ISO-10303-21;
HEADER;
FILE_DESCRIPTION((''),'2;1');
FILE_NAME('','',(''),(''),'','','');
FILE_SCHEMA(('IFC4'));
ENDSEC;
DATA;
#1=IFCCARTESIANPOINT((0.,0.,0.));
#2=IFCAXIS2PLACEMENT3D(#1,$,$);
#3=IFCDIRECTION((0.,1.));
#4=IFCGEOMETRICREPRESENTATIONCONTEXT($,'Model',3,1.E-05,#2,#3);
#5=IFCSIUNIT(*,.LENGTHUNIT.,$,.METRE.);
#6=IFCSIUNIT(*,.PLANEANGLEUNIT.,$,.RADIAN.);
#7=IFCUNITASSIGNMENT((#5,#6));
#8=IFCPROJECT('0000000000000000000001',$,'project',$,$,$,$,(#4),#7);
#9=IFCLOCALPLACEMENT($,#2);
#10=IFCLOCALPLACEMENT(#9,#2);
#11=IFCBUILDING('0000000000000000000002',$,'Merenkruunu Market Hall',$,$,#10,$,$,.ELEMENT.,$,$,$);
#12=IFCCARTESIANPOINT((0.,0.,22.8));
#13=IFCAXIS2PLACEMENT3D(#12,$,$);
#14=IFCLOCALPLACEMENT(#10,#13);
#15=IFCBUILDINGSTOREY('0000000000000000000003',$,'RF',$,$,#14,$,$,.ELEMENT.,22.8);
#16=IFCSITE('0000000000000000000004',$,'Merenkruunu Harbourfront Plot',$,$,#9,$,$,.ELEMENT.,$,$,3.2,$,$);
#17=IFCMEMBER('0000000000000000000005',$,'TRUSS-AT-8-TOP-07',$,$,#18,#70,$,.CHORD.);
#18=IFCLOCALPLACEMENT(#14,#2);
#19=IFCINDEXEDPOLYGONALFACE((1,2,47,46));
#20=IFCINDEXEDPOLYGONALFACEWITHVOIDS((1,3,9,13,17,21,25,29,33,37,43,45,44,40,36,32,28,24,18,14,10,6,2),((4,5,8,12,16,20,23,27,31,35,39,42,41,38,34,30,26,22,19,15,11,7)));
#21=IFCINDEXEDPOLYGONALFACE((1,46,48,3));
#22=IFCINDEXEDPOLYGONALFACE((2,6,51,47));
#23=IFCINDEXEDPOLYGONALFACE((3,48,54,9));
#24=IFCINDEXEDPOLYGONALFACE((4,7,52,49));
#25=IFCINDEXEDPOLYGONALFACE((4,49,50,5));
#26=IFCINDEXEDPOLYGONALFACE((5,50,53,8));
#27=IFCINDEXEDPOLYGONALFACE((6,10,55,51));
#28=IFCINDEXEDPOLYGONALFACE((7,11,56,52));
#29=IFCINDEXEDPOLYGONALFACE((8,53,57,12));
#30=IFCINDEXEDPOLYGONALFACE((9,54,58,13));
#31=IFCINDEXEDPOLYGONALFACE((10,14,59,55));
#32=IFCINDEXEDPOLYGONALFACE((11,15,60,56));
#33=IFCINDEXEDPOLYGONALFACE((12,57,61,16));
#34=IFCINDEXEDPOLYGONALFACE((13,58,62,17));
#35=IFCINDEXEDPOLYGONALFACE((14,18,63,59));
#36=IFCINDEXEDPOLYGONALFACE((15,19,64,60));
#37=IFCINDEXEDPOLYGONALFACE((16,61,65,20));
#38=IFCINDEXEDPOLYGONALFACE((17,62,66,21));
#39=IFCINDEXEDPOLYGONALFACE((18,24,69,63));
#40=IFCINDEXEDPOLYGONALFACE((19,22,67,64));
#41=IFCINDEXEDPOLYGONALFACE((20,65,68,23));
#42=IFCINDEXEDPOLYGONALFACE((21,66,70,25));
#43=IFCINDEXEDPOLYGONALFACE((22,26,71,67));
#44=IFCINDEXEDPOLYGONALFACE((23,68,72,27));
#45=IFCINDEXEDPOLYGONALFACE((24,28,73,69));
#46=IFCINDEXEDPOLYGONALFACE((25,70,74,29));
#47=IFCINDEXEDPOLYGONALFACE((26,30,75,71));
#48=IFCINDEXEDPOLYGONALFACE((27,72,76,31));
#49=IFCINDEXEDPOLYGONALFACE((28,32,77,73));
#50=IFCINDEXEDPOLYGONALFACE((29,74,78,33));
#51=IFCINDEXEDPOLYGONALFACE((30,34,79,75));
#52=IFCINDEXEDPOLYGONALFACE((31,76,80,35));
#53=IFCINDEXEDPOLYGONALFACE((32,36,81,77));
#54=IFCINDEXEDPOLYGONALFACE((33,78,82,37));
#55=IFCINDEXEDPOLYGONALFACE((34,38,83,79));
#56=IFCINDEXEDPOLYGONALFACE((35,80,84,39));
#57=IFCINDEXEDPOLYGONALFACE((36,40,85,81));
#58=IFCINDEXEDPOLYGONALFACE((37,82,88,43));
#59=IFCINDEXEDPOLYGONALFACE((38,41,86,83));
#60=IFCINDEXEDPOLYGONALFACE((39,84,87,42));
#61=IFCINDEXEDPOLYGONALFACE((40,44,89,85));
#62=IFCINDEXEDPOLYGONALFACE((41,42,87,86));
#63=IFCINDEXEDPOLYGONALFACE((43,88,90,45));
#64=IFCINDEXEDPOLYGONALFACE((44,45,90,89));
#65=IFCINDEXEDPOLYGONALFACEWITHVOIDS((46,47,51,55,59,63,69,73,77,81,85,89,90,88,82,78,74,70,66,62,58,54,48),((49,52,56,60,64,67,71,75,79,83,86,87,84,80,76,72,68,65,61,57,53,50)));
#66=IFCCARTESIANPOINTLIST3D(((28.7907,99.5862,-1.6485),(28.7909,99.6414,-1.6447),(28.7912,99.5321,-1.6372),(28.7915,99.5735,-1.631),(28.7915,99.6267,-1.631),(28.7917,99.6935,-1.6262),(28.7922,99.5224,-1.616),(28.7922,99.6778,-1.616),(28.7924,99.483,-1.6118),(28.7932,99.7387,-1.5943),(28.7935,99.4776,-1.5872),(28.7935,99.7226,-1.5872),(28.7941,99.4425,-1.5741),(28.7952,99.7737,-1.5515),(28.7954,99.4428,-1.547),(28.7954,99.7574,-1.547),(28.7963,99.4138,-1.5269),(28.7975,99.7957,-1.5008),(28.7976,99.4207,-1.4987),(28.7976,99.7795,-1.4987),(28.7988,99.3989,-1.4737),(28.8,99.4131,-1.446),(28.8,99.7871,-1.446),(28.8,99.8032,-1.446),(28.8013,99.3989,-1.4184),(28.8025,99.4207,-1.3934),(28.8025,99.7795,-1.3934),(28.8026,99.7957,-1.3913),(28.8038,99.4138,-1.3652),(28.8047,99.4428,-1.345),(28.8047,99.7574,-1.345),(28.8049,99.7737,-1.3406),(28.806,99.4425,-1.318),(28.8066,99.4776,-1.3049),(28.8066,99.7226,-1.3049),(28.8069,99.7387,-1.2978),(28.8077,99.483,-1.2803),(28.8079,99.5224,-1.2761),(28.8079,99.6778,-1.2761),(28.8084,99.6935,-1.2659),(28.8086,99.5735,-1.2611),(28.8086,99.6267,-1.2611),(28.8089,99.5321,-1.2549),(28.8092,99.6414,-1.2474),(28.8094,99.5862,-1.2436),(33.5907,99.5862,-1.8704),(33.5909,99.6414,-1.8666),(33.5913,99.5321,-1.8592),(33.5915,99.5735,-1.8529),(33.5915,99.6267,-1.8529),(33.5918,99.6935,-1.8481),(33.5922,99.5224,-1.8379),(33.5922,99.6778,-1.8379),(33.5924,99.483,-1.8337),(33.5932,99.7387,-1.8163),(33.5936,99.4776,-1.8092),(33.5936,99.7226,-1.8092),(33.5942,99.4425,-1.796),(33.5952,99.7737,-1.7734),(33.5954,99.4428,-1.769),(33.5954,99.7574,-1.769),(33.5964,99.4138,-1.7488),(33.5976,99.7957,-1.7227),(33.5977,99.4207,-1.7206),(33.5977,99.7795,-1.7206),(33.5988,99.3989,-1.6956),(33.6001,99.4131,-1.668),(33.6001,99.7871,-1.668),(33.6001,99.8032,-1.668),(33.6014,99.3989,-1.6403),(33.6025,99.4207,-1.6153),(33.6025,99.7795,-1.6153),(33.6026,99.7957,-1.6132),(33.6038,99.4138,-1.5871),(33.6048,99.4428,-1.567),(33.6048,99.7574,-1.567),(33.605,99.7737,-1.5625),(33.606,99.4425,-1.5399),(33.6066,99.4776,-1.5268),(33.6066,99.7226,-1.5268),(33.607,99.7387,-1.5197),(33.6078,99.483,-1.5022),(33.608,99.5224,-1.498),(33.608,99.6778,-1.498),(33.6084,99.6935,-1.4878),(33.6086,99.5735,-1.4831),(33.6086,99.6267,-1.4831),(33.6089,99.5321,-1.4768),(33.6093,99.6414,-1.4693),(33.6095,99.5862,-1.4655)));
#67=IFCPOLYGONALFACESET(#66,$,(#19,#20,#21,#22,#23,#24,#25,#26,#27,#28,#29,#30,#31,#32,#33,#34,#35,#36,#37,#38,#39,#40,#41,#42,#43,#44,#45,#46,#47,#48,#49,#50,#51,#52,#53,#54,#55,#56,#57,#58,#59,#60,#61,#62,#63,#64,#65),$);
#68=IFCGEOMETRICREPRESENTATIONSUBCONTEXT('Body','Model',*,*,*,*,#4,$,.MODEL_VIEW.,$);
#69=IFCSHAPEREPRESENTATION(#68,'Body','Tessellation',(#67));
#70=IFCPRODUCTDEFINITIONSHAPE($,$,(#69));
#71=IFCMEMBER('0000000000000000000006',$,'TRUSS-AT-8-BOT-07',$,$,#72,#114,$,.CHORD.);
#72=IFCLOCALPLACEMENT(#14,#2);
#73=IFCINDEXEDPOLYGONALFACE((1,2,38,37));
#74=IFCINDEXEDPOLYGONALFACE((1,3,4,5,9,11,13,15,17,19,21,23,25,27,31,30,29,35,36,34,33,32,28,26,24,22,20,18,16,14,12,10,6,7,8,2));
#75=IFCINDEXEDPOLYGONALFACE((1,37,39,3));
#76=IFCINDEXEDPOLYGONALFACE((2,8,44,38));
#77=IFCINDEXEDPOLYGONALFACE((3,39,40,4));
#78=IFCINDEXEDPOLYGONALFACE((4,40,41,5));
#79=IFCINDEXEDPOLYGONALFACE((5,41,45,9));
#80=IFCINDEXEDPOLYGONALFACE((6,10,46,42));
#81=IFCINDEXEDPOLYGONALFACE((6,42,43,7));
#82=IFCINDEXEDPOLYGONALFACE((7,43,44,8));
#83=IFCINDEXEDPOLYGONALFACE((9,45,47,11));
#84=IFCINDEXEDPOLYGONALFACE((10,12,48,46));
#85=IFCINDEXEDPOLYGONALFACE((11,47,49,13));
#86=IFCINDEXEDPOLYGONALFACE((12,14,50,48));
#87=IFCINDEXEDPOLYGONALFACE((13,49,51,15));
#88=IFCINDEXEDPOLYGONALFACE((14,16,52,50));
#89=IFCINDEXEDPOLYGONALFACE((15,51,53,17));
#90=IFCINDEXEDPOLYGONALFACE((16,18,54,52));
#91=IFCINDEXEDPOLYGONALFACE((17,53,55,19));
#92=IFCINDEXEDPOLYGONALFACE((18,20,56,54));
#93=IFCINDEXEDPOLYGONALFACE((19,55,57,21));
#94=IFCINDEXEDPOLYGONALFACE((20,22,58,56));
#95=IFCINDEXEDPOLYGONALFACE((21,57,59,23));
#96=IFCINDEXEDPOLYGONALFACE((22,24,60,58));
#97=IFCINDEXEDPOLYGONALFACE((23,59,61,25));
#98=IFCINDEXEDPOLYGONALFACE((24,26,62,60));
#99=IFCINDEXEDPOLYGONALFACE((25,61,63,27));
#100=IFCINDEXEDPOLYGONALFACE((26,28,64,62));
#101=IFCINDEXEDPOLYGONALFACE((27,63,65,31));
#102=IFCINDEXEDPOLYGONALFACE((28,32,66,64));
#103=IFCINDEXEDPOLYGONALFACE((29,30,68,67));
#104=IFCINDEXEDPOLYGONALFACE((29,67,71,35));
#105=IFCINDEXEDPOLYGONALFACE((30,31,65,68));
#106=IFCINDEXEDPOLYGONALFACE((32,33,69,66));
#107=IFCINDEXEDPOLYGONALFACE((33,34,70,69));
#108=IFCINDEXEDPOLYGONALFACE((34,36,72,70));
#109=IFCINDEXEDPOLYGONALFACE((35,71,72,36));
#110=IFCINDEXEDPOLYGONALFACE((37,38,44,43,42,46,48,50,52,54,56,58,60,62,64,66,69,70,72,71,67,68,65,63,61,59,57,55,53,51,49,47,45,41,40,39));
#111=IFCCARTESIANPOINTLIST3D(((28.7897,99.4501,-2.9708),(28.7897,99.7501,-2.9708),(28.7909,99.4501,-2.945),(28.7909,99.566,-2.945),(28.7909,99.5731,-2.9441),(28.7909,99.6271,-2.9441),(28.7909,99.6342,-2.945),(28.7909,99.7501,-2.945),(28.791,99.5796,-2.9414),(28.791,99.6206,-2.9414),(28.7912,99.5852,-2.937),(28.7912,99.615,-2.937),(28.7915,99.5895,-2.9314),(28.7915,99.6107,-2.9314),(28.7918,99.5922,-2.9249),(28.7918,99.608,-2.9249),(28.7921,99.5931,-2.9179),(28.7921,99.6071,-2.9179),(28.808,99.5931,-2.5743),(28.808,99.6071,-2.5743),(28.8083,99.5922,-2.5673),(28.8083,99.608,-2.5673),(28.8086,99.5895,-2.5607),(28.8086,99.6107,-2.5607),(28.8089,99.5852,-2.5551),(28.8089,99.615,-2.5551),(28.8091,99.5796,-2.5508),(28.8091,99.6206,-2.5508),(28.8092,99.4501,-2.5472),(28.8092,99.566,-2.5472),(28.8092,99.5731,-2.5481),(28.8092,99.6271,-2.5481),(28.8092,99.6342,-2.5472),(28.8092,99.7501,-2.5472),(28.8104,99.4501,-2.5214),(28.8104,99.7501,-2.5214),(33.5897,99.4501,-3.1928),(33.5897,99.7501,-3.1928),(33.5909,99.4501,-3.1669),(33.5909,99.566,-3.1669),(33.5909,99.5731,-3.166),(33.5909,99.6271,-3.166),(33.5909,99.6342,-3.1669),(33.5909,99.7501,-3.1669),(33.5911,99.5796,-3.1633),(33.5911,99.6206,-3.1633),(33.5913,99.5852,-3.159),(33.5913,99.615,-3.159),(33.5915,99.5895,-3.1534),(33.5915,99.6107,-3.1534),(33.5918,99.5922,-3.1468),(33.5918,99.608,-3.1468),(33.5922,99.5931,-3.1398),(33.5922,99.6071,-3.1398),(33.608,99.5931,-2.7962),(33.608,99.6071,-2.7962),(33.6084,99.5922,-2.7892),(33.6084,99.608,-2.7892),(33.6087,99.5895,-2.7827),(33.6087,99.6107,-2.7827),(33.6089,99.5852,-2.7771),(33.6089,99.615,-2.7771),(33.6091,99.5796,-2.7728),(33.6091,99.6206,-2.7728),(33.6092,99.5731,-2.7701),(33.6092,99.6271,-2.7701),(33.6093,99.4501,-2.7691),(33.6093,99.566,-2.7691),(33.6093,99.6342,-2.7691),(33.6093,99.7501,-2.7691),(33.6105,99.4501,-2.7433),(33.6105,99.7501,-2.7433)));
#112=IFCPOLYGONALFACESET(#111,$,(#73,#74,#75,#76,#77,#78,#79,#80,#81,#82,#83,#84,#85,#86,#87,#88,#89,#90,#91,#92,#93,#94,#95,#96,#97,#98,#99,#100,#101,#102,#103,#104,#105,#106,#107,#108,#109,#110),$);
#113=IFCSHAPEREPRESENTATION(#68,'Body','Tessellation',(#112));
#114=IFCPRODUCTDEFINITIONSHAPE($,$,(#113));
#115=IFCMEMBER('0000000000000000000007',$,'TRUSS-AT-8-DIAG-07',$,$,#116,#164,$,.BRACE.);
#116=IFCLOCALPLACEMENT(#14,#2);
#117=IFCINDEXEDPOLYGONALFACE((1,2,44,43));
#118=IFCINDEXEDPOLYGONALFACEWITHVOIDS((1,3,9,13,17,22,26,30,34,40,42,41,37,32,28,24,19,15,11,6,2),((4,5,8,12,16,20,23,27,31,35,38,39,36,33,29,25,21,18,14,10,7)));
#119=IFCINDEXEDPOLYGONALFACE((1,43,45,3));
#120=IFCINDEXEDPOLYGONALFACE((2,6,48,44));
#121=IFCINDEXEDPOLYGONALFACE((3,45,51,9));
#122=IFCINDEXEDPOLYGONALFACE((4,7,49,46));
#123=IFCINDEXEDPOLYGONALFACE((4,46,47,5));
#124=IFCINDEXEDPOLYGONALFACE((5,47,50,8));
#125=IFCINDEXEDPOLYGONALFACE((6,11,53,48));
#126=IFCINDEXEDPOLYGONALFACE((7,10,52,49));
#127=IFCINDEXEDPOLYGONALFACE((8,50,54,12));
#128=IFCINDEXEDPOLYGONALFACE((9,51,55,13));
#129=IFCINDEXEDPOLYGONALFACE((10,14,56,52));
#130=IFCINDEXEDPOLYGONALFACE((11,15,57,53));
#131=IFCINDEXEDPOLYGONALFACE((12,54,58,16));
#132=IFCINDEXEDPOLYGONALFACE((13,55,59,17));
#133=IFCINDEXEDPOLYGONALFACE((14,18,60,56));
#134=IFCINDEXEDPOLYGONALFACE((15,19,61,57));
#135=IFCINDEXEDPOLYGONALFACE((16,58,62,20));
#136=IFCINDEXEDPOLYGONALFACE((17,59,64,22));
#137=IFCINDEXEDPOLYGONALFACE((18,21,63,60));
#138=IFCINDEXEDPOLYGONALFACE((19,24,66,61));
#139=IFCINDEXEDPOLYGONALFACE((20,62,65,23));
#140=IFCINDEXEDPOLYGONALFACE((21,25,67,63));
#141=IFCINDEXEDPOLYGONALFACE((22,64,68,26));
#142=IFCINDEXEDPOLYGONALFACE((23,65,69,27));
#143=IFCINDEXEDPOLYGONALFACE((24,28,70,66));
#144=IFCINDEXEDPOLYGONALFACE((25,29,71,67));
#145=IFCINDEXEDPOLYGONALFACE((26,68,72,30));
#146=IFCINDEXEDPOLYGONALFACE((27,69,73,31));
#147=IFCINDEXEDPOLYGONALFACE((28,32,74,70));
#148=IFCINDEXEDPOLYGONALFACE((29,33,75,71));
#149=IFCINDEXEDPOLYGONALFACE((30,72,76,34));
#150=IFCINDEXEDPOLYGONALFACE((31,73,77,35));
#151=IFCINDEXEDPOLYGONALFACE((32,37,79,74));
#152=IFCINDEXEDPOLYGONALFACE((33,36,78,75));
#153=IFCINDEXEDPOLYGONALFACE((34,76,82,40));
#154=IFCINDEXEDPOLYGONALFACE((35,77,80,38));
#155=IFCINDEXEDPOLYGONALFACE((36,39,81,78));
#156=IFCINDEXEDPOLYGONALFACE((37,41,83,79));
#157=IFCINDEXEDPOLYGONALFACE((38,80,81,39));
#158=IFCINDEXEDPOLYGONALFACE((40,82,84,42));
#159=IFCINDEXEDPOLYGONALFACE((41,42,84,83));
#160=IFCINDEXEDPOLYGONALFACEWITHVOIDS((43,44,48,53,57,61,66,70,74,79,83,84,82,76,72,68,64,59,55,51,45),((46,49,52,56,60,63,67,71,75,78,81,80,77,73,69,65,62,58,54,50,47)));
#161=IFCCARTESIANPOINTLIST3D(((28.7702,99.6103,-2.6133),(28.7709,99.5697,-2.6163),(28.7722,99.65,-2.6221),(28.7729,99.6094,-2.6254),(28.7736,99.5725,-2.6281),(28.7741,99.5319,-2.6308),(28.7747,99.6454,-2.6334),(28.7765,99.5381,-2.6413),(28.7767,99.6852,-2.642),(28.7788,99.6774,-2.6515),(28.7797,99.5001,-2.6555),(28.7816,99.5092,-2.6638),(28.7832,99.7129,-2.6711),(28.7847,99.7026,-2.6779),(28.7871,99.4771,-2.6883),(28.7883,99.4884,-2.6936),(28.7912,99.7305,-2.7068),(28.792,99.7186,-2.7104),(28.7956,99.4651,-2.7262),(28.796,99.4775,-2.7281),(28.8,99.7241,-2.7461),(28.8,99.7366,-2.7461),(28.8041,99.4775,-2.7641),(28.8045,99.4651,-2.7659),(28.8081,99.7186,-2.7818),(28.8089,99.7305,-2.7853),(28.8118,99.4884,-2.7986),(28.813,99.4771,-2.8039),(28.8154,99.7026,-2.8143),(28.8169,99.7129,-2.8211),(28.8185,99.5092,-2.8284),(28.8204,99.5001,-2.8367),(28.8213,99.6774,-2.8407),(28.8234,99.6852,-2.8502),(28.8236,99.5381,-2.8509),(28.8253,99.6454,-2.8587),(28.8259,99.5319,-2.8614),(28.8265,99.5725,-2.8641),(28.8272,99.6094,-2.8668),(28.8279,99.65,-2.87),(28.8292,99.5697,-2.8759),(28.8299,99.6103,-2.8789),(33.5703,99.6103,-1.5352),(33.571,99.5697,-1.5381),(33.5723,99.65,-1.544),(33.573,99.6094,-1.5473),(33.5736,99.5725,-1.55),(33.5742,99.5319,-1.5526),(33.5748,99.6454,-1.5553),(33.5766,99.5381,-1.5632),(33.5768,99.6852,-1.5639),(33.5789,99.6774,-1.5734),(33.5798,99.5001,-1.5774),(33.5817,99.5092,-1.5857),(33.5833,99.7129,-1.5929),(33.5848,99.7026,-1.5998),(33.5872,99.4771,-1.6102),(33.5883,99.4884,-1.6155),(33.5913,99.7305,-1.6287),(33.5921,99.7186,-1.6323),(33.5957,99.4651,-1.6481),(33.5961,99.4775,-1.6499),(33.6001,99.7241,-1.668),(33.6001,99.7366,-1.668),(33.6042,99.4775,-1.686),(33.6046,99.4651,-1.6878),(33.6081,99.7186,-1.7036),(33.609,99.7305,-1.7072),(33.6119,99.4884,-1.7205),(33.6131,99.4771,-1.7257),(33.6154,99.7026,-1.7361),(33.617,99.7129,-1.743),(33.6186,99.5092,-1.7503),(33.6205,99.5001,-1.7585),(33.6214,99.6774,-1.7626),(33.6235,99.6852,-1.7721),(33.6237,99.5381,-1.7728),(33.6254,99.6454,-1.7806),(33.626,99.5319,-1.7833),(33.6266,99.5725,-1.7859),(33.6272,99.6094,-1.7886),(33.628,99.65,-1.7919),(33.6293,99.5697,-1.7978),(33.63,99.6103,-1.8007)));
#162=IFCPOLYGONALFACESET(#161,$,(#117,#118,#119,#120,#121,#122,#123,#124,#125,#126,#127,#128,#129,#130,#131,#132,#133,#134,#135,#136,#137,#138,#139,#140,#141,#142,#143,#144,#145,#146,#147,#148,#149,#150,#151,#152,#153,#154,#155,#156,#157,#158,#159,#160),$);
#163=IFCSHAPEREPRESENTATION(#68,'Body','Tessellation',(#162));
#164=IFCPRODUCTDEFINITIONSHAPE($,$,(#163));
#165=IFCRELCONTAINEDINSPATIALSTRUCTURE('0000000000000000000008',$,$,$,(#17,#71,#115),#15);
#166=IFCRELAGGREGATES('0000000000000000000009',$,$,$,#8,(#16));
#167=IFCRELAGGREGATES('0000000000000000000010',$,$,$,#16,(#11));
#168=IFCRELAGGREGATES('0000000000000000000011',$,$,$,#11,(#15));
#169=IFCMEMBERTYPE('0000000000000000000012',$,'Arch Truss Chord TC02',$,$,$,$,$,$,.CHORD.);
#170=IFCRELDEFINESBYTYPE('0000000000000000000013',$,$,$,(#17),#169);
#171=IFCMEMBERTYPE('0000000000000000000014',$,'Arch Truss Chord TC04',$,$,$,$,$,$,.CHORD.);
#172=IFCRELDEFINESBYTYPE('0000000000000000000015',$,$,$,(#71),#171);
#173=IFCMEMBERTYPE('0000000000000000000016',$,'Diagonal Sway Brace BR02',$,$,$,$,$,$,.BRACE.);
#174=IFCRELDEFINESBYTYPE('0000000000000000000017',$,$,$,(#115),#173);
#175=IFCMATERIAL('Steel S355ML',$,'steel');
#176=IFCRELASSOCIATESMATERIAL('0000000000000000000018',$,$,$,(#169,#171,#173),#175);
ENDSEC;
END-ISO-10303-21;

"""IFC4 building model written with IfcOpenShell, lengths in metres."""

from ifc_helpers import new_model, si_unit, direction, frame, origin, origin_2d, place, context, subcontext, project, spatial, hollow_circle, i_section, extrude, material, material_profile, profile_set, type_object, element, save


model = new_model("IFC4")

# Units and contexts
model_context = context("Model", 3, precision=1e-05, world=origin(), true_north=direction((0.0, 1.0)))
body_context = subcontext(model_context, "Body", "Model", "MODEL_VIEW")
ifc_project = project(units=[si_unit("LENGTHUNIT", "METRE"), si_unit("PLANEANGLEUNIT", "RADIAN")], contexts=[model_context])

# Site, building, storey
site_placement = place(None, origin())
site = spatial("IfcSite", under=ifc_project, at=site_placement, Name="Merenkruunu Harbourfront Plot", CompositionType="ELEMENT", RefElevation=3.2)
building_placement = place(site_placement, origin())
building = spatial("IfcBuilding", under=site, at=building_placement, Name="Merenkruunu Market Hall", CompositionType="ELEMENT")
storey_placement = place(building_placement, frame((0.0, 0.0, 22.8)))
storey = spatial("IfcBuildingStorey", under=building, at=storey_placement, Name="RF", CompositionType="ELEMENT", Elevation=22.8)

# Members
ifc_material_1 = material(Name="Steel S355ML", Category="steel")
ifc_material_profile_1 = material_profile(ifc_material_1, hollow_circle(Radius=0.2031, WallThickness=0.0161, at=origin_2d()), Name="CHS 406.4x16")
ifc_profile_set_1 = profile_set([ifc_material_profile_1], Name="Steel S355ML")
member_type_1 = type_object("IfcMemberType", Name="Arch Truss Chord TC02", PredefinedType="CHORD", material=ifc_profile_set_1)
member_1_placement = place(storey_placement, frame((28.8, 99.6001, -1.446), z_axis=(0.998933, 0.0, -0.046184), x_axis=(0.0, 1.0, 0.0)))
element("IfcMember", 1, at=member_1_placement, inside=storey, type_object=member_type_1, Name="TRUSS-AT-8-TOP-07", PredefinedType="CHORD", context=body_context, shape_type="SweptSolid", body=[
    extrude(hollow_circle(Radius=0.2031, WallThickness=0.0161, at=origin_2d()), origin(), (0.0, 0.0, 1.0), 4.8052),
])
ifc_material_profile_2 = material_profile(ifc_material_1, i_section(OverallWidth=0.3, OverallDepth=0.45, WebThickness=0.0139, FlangeThickness=0.0259, FilletRadius=0.0271, at=origin_2d()), Name="HEB 450")
ifc_profile_set_2 = profile_set([ifc_material_profile_2], Name="Steel S355ML")
member_type_2 = type_object("IfcMemberType", Name="Arch Truss Chord TC04", PredefinedType="CHORD", material=ifc_profile_set_2)
member_2_placement = place(storey_placement, frame((28.8, 99.6001, -2.7461), z_axis=(0.998933, 0.0, -0.046184), x_axis=(0.0, 1.0, 0.0)))
element("IfcMember", 2, at=member_2_placement, inside=storey, type_object=member_type_2, Name="TRUSS-AT-8-BOT-07", PredefinedType="CHORD", context=body_context, shape_type="SweptSolid", body=[
    extrude(i_section(OverallWidth=0.3, OverallDepth=0.45, WebThickness=0.0139, FlangeThickness=0.0259, FilletRadius=0.0271, at=origin_2d()), origin(), (0.0, 0.0, 1.0), 4.8052),
])
ifc_material_profile_3 = material_profile(ifc_material_1, hollow_circle(Radius=0.1365, WallThickness=0.0125, at=origin_2d()), Name="CHS 273x12.5")
ifc_profile_set_3 = profile_set([ifc_material_profile_3], Name="Steel S355ML")
member_type_3 = type_object("IfcMemberType", Name="Diagonal Sway Brace BR02", PredefinedType="BRACE", material=ifc_profile_set_3)
member_3_placement = place(storey_placement, frame((28.8, 99.6001, -2.7461), z_axis=(0.975692, 0.0, 0.219147), x_axis=(0.0, 1.0, 0.0)))
element("IfcMember", 3, at=member_3_placement, inside=storey, type_object=member_type_3, Name="TRUSS-AT-8-DIAG-07", PredefinedType="BRACE", context=body_context, shape_type="SweptSolid", body=[
    extrude(hollow_circle(Radius=0.1365, WallThickness=0.0125, at=origin_2d()), origin(), (0.0, 0.0, 1.0), 4.9197),
])

save(model, "model.ifc")
